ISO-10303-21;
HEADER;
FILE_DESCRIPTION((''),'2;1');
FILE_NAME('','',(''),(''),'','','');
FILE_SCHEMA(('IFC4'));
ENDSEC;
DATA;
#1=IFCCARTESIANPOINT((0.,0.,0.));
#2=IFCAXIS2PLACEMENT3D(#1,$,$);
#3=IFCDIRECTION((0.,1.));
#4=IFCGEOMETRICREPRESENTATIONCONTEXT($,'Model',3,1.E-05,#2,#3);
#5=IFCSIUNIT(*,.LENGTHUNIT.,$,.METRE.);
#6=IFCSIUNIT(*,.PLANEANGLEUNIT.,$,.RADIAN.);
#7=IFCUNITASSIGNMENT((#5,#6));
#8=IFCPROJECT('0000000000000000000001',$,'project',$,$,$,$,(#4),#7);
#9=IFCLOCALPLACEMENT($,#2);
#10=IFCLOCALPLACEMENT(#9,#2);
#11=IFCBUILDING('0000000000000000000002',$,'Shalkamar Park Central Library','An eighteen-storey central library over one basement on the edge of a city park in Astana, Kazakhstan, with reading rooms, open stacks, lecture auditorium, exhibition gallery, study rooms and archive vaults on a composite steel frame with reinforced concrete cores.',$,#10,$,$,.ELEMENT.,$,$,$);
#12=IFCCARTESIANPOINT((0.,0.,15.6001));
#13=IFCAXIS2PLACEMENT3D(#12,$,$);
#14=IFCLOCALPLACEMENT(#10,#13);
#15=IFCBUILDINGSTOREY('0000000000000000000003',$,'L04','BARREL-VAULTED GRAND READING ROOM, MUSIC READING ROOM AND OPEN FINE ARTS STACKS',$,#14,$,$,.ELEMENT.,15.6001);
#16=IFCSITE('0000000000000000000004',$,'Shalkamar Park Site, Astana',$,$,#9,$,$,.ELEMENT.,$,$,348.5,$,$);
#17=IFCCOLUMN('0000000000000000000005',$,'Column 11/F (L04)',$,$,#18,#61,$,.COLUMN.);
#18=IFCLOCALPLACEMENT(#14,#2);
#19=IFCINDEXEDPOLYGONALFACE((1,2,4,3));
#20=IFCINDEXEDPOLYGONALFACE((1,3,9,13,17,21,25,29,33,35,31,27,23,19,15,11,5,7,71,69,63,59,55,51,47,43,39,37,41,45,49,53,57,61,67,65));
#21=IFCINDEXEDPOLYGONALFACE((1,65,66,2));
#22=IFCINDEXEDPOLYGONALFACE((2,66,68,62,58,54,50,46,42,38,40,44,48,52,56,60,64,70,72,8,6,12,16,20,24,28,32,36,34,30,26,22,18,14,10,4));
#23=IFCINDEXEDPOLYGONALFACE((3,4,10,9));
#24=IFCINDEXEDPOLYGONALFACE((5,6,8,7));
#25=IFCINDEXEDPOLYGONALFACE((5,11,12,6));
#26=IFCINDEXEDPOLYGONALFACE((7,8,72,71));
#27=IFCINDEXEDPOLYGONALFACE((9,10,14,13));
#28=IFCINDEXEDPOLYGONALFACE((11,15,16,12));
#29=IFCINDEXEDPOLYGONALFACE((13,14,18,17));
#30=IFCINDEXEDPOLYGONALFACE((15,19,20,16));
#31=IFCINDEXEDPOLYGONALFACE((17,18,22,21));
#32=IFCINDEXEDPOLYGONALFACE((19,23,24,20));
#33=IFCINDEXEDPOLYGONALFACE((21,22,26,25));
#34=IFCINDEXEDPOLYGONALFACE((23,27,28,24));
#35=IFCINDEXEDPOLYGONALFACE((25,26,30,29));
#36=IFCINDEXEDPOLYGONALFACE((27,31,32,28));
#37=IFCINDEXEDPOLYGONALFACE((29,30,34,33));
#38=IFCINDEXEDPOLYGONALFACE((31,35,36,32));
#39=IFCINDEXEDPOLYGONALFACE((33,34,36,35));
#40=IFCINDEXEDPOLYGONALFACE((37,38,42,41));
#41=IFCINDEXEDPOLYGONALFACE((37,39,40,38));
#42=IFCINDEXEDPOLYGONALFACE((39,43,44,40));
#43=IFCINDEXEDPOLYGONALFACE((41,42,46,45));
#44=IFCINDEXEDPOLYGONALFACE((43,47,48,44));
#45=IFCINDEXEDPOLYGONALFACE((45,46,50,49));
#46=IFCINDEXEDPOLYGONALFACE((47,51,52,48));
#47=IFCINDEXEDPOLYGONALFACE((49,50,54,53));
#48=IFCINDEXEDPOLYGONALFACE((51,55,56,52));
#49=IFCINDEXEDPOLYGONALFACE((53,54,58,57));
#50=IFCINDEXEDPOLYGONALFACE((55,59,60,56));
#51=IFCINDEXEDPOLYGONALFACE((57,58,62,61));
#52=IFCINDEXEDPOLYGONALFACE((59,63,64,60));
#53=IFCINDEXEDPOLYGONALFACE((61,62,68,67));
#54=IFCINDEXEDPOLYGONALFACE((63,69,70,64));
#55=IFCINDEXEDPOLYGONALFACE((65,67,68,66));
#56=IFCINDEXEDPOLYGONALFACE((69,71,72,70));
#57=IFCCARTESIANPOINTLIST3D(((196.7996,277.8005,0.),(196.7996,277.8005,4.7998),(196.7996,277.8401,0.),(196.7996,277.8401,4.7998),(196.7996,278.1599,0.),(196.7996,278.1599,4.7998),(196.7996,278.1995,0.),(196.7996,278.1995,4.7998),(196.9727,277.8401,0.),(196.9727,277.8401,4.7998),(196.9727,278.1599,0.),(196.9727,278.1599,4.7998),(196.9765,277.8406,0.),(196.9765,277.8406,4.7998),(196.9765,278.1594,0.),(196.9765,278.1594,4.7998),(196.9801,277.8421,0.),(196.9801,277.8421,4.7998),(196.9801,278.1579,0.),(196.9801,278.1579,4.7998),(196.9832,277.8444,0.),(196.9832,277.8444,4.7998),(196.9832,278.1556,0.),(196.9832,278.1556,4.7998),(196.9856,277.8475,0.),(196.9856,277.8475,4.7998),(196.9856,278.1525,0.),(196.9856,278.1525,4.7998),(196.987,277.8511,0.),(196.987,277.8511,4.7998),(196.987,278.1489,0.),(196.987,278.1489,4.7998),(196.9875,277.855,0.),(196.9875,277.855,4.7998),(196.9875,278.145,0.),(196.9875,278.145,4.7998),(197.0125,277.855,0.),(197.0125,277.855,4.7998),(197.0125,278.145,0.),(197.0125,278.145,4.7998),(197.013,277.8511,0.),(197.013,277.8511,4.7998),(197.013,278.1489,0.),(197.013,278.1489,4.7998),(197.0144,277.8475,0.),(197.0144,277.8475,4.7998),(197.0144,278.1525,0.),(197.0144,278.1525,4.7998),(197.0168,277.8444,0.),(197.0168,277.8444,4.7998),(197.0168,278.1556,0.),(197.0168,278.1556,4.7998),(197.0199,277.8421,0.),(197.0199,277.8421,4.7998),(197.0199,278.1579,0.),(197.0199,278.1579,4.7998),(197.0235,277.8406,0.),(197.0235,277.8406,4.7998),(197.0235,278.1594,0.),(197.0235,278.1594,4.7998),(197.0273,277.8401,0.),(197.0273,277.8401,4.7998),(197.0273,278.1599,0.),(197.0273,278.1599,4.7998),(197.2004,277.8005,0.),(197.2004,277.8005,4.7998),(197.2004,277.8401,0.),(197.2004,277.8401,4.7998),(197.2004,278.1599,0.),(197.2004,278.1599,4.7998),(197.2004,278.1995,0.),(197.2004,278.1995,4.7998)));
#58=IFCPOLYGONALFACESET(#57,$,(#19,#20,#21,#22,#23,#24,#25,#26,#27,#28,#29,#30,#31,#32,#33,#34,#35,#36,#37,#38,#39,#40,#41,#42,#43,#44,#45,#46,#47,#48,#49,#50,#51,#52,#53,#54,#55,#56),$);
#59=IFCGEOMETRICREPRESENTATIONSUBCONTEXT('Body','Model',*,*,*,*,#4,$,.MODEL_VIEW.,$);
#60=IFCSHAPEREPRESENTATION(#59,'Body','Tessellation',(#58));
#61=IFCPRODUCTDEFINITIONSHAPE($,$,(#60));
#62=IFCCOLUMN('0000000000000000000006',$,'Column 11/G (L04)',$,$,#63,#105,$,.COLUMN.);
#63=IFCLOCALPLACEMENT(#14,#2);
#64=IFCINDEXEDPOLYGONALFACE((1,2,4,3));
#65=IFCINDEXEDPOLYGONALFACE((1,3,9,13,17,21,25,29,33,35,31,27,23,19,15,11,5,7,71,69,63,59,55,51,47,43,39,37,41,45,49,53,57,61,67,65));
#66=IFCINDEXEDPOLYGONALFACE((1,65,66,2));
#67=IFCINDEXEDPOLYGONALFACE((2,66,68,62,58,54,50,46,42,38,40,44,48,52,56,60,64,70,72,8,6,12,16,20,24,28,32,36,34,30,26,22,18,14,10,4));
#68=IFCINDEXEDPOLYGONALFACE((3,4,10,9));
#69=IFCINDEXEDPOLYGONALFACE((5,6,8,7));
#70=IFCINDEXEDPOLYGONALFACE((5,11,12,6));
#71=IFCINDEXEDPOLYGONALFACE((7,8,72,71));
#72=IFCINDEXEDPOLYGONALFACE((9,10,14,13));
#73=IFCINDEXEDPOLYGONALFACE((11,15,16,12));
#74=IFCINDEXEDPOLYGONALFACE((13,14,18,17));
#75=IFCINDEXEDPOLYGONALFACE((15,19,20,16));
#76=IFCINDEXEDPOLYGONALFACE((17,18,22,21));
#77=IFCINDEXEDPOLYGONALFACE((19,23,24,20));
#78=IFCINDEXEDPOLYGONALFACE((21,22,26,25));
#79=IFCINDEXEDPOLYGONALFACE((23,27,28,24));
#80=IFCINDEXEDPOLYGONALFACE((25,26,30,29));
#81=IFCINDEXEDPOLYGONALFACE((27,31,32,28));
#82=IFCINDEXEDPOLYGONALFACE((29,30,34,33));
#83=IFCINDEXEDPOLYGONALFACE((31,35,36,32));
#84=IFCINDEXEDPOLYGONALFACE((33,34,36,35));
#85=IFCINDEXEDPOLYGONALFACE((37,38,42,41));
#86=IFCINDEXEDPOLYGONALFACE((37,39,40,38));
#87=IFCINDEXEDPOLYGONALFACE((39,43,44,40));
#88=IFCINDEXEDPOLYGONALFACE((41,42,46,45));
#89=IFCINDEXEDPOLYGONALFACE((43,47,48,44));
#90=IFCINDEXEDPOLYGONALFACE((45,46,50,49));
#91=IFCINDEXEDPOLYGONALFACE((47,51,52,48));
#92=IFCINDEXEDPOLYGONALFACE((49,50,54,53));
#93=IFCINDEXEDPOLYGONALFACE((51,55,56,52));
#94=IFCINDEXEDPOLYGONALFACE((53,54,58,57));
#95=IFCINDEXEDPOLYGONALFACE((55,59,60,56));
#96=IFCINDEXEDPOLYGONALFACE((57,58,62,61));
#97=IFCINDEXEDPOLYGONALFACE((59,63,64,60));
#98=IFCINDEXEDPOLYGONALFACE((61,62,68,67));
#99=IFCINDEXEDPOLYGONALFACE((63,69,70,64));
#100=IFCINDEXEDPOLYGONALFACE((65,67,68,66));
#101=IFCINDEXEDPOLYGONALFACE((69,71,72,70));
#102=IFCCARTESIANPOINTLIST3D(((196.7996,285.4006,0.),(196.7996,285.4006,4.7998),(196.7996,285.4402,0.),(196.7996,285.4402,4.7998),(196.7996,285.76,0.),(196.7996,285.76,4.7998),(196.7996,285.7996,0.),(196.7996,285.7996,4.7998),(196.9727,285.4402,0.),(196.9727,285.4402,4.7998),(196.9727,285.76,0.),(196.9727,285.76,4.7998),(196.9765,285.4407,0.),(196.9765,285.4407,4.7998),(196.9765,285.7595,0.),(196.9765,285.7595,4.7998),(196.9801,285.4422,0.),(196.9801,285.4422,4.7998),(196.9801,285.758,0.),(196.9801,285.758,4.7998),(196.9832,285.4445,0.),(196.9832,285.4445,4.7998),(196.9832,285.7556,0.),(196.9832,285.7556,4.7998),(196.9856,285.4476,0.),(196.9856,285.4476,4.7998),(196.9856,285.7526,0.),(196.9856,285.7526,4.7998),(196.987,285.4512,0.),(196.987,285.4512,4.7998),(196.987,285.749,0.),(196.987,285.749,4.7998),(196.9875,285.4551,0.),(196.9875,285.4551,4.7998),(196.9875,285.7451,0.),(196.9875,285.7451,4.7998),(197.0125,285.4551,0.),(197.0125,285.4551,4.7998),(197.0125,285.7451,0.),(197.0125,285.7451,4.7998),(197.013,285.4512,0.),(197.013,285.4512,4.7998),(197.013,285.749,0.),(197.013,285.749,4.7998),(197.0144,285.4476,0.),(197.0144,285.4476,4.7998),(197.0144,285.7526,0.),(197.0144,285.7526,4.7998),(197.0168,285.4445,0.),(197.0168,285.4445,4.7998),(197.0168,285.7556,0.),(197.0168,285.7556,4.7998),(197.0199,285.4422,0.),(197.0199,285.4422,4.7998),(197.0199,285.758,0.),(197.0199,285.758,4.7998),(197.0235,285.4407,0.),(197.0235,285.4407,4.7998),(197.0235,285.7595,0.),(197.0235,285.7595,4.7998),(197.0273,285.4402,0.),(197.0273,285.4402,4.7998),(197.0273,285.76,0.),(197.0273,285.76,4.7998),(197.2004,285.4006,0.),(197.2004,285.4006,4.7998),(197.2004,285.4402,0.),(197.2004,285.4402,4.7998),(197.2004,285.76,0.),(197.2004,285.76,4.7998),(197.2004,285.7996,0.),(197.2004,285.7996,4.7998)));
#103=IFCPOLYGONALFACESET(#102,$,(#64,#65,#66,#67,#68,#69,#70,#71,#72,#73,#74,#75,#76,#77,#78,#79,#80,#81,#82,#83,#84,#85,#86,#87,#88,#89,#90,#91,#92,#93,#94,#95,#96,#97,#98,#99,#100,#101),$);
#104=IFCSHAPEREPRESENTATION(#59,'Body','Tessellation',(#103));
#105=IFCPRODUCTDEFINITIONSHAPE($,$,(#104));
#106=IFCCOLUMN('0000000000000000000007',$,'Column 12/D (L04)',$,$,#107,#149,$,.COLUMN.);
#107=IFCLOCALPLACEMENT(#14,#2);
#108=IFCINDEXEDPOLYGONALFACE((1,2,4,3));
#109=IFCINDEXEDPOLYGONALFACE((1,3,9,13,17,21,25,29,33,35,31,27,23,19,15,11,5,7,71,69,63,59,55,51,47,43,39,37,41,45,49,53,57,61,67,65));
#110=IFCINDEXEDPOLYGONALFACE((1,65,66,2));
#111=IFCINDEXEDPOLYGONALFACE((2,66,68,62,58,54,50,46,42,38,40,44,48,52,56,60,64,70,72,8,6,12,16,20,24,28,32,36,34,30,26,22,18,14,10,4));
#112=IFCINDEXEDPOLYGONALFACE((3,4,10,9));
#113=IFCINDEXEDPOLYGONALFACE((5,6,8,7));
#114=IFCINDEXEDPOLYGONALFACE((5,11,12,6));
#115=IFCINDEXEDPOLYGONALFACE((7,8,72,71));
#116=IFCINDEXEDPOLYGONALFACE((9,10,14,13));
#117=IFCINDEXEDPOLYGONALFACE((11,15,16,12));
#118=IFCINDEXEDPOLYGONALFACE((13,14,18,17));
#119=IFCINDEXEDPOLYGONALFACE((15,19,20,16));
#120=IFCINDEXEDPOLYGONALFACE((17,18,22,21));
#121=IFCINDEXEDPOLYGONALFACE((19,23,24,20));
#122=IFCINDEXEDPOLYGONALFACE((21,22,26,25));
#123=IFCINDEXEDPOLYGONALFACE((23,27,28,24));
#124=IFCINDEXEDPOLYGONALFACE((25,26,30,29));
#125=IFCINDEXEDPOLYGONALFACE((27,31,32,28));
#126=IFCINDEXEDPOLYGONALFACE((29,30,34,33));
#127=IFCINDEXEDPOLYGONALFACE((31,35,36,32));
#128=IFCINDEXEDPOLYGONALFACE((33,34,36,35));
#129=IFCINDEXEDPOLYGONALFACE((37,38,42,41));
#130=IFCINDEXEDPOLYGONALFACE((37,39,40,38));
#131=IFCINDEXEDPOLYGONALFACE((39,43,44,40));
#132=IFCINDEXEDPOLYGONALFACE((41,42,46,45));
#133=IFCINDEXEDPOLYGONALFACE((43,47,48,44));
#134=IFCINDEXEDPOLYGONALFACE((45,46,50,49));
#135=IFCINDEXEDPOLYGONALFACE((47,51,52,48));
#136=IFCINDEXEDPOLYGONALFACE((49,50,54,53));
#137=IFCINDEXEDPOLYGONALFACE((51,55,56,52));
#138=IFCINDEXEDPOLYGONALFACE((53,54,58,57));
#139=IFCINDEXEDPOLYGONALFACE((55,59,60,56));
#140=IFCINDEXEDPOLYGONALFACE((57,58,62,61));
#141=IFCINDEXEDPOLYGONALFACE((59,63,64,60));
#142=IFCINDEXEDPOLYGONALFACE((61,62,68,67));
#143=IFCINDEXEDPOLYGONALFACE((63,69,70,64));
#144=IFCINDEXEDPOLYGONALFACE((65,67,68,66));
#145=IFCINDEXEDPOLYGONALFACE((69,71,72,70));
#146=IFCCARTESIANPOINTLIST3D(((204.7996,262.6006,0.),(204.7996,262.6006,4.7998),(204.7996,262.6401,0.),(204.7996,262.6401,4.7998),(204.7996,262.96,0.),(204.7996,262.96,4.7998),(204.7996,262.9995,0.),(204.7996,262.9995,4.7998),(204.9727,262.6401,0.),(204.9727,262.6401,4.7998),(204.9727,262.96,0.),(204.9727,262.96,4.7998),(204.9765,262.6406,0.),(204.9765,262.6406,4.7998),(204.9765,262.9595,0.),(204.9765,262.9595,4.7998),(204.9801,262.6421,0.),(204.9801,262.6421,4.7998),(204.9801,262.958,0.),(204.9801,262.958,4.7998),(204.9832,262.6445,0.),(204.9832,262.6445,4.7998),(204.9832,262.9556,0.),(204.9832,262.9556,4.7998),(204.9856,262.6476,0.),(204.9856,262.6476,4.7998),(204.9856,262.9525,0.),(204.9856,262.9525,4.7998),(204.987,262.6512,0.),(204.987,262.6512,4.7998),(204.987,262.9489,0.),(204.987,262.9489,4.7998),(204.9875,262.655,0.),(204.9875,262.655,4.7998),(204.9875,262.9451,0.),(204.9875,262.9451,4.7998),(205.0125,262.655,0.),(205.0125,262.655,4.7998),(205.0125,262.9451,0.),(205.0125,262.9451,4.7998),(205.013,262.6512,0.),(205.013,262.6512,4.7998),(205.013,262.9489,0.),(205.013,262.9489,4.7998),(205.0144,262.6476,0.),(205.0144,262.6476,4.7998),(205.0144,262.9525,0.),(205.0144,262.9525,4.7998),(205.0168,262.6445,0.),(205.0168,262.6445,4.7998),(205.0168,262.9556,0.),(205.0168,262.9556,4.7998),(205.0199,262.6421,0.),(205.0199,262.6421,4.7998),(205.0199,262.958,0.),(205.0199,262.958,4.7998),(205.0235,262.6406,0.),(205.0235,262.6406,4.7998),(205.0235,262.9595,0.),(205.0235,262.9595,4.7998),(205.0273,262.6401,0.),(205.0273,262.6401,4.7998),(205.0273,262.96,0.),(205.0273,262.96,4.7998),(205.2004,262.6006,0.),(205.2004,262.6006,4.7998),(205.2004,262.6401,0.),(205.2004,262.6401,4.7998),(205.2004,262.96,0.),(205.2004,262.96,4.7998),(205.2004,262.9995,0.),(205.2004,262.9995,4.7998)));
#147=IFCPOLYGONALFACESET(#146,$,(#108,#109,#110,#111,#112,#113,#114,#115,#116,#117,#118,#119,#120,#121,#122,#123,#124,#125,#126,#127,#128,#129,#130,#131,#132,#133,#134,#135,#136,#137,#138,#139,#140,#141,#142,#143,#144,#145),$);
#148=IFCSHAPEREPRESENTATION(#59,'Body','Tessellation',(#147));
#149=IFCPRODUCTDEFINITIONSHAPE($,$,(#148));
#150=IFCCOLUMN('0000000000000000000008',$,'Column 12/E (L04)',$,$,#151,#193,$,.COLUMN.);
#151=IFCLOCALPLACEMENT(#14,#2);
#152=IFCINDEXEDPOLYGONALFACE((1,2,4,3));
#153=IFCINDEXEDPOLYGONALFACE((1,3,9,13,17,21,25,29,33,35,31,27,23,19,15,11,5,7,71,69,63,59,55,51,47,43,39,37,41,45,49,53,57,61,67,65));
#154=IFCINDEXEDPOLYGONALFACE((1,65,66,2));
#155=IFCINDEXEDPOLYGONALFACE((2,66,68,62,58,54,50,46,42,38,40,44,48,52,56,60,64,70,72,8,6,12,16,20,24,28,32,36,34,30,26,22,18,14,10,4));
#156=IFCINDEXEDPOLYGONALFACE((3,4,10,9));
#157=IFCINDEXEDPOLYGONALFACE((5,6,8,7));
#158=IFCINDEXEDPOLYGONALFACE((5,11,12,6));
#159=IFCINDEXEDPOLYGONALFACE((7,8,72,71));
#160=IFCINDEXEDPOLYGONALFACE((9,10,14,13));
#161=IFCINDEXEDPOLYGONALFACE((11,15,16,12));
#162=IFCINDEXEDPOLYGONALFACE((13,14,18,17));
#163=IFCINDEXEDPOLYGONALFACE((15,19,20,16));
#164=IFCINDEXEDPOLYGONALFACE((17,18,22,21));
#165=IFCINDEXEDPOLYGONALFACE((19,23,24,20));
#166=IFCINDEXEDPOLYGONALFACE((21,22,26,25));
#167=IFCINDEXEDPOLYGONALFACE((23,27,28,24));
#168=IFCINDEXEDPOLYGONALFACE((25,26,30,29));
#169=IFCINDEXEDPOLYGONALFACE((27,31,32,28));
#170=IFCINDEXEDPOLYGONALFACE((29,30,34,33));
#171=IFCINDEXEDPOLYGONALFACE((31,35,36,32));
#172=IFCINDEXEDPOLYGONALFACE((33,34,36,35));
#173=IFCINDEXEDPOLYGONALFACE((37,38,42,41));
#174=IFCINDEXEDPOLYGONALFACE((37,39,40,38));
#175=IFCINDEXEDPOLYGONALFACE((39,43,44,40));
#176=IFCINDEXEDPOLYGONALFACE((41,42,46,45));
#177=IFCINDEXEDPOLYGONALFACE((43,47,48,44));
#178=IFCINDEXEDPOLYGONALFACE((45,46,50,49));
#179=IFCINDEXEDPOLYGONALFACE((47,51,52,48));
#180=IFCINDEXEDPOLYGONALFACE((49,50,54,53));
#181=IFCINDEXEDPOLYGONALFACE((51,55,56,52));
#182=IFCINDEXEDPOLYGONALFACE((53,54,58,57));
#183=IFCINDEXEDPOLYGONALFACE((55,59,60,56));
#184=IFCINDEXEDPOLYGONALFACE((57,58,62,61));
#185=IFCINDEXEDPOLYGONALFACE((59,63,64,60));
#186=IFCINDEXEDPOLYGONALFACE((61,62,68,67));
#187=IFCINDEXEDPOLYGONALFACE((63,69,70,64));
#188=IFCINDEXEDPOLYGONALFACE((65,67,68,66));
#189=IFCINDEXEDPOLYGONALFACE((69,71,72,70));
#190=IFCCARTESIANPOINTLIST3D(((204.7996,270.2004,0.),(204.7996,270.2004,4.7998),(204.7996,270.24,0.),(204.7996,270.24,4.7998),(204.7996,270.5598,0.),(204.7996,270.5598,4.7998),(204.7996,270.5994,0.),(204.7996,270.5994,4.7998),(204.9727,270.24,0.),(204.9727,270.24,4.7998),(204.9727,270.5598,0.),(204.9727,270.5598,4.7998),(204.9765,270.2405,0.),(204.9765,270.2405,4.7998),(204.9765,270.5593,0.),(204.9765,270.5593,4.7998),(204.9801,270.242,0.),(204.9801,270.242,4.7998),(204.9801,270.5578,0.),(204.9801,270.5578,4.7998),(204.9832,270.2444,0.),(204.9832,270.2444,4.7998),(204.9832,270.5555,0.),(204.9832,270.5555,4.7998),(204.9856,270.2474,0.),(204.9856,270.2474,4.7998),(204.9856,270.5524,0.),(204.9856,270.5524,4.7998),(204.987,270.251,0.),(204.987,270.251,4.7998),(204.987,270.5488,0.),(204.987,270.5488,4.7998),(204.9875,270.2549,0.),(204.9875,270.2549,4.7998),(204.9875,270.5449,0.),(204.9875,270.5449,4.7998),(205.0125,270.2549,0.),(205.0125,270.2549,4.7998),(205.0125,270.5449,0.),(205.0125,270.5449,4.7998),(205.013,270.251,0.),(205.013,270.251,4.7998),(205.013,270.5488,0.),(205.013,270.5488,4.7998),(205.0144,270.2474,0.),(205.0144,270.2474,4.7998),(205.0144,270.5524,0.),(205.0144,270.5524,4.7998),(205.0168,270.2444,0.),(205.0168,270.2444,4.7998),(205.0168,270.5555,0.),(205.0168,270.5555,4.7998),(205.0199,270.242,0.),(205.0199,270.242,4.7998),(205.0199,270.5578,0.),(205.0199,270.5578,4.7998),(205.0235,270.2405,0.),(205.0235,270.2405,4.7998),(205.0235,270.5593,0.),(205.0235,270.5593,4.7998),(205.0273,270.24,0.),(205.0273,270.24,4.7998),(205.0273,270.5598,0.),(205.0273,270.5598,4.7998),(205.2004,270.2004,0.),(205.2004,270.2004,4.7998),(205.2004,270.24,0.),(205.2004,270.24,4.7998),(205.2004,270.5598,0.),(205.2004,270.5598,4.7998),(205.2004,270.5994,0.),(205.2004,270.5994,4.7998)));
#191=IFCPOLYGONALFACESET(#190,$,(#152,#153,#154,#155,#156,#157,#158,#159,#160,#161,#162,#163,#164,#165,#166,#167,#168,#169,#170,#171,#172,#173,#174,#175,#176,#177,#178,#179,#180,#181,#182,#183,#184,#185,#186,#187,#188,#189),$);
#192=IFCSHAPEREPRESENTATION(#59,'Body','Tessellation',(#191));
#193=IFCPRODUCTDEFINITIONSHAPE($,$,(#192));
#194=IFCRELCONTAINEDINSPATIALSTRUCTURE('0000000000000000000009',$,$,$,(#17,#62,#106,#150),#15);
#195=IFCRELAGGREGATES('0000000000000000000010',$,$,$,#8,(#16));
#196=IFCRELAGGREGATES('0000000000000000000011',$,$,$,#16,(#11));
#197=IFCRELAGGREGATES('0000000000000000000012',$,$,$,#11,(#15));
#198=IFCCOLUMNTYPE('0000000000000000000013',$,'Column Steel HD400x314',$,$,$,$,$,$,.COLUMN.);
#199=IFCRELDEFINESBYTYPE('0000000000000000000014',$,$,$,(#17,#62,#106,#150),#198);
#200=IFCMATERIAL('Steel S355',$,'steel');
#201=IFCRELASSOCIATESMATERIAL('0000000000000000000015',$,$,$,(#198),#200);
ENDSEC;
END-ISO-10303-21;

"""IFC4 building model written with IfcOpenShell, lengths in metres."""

from ifc_helpers import new_model, si_unit, direction, frame, origin, origin_2d, place, context, subcontext, project, spatial, i_section, extrude, material, material_profile, profile_set, type_object, element, save


model = new_model("IFC4")

# Units and contexts
model_context = context("Model", 3, precision=1e-05, world=origin(), true_north=direction((0.0, 1.0)))
body_context = subcontext(model_context, "Body", "Model", "MODEL_VIEW")
ifc_project = project(units=[si_unit("LENGTHUNIT", "METRE"), si_unit("PLANEANGLEUNIT", "RADIAN")], contexts=[model_context])

# Site, building, storey
site_placement = place(None, origin())
site = spatial("IfcSite", under=ifc_project, at=site_placement, Name="Shalkamar Park Site, Astana", CompositionType="ELEMENT", RefElevation=348.5)
building_placement = place(site_placement, origin())
building = spatial("IfcBuilding", under=site, at=building_placement, Name="Shalkamar Park Central Library", Description="An eighteen-storey central library over one basement on the edge of a city park in Astana, Kazakhstan, with reading rooms, open stacks, lecture auditorium, exhibition gallery, study rooms and archive vaults on a composite steel frame with reinforced concrete cores.", CompositionType="ELEMENT")
storey_placement = place(building_placement, frame((0.0, 0.0, 15.6001)))
storey = spatial("IfcBuildingStorey", under=building, at=storey_placement, Name="L04", Description="BARREL-VAULTED GRAND READING ROOM, MUSIC READING ROOM AND OPEN FINE ARTS STACKS", CompositionType="ELEMENT", Elevation=15.6001)

# Columns
ifc_material_1 = material(Name="Steel S355", Category="steel")
ifc_material_profile_1 = material_profile(ifc_material_1, i_section(OverallWidth=0.4009, OverallDepth=0.3989, WebThickness=0.0249, FlangeThickness=0.0396, FilletRadius=0.0149, at=origin_2d()), Name="HD 400x314")
ifc_profile_set_1 = profile_set([ifc_material_profile_1], Name="Steel S355")
column_type = type_object("IfcColumnType", Name="Column Steel HD400x314", PredefinedType="COLUMN", material=ifc_profile_set_1)
for number, where, z_axis, x_axis, name in (
    (1, (197.0, 278.0, 0.0), (0.0, 0.0, 1.0), (1.0, 0.0, 0.0), "Column 11/F (L04)"),
    (2, (197.0, 285.6001, 0.0), (0.0, 0.0, 1.0), (1.0, 0.0, 0.0), "Column 11/G (L04)"),
    (3, (205.0, 262.8, 0.0), (0.0, 0.0, 1.0), (1.0, 0.0, 0.0), "Column 12/D (L04)"),
    (4, (205.0, 270.3999, 0.0), (0.0, 0.0, 1.0), (1.0, 0.0, 0.0), "Column 12/E (L04)"),
):
    element("IfcColumn", number, at=place(storey_placement, frame(where, z_axis=z_axis, x_axis=x_axis)), inside=storey, type_object=column_type, Name=name, PredefinedType="COLUMN", context=body_context, shape_type="SweptSolid", body=[
        extrude(i_section(OverallWidth=0.4009, OverallDepth=0.3989, WebThickness=0.0249, FlangeThickness=0.0396, FilletRadius=0.0149, at=origin_2d()), origin(), (0.0, 0.0, 1.0), 4.7998),
    ])

save(model, "model.ifc")
